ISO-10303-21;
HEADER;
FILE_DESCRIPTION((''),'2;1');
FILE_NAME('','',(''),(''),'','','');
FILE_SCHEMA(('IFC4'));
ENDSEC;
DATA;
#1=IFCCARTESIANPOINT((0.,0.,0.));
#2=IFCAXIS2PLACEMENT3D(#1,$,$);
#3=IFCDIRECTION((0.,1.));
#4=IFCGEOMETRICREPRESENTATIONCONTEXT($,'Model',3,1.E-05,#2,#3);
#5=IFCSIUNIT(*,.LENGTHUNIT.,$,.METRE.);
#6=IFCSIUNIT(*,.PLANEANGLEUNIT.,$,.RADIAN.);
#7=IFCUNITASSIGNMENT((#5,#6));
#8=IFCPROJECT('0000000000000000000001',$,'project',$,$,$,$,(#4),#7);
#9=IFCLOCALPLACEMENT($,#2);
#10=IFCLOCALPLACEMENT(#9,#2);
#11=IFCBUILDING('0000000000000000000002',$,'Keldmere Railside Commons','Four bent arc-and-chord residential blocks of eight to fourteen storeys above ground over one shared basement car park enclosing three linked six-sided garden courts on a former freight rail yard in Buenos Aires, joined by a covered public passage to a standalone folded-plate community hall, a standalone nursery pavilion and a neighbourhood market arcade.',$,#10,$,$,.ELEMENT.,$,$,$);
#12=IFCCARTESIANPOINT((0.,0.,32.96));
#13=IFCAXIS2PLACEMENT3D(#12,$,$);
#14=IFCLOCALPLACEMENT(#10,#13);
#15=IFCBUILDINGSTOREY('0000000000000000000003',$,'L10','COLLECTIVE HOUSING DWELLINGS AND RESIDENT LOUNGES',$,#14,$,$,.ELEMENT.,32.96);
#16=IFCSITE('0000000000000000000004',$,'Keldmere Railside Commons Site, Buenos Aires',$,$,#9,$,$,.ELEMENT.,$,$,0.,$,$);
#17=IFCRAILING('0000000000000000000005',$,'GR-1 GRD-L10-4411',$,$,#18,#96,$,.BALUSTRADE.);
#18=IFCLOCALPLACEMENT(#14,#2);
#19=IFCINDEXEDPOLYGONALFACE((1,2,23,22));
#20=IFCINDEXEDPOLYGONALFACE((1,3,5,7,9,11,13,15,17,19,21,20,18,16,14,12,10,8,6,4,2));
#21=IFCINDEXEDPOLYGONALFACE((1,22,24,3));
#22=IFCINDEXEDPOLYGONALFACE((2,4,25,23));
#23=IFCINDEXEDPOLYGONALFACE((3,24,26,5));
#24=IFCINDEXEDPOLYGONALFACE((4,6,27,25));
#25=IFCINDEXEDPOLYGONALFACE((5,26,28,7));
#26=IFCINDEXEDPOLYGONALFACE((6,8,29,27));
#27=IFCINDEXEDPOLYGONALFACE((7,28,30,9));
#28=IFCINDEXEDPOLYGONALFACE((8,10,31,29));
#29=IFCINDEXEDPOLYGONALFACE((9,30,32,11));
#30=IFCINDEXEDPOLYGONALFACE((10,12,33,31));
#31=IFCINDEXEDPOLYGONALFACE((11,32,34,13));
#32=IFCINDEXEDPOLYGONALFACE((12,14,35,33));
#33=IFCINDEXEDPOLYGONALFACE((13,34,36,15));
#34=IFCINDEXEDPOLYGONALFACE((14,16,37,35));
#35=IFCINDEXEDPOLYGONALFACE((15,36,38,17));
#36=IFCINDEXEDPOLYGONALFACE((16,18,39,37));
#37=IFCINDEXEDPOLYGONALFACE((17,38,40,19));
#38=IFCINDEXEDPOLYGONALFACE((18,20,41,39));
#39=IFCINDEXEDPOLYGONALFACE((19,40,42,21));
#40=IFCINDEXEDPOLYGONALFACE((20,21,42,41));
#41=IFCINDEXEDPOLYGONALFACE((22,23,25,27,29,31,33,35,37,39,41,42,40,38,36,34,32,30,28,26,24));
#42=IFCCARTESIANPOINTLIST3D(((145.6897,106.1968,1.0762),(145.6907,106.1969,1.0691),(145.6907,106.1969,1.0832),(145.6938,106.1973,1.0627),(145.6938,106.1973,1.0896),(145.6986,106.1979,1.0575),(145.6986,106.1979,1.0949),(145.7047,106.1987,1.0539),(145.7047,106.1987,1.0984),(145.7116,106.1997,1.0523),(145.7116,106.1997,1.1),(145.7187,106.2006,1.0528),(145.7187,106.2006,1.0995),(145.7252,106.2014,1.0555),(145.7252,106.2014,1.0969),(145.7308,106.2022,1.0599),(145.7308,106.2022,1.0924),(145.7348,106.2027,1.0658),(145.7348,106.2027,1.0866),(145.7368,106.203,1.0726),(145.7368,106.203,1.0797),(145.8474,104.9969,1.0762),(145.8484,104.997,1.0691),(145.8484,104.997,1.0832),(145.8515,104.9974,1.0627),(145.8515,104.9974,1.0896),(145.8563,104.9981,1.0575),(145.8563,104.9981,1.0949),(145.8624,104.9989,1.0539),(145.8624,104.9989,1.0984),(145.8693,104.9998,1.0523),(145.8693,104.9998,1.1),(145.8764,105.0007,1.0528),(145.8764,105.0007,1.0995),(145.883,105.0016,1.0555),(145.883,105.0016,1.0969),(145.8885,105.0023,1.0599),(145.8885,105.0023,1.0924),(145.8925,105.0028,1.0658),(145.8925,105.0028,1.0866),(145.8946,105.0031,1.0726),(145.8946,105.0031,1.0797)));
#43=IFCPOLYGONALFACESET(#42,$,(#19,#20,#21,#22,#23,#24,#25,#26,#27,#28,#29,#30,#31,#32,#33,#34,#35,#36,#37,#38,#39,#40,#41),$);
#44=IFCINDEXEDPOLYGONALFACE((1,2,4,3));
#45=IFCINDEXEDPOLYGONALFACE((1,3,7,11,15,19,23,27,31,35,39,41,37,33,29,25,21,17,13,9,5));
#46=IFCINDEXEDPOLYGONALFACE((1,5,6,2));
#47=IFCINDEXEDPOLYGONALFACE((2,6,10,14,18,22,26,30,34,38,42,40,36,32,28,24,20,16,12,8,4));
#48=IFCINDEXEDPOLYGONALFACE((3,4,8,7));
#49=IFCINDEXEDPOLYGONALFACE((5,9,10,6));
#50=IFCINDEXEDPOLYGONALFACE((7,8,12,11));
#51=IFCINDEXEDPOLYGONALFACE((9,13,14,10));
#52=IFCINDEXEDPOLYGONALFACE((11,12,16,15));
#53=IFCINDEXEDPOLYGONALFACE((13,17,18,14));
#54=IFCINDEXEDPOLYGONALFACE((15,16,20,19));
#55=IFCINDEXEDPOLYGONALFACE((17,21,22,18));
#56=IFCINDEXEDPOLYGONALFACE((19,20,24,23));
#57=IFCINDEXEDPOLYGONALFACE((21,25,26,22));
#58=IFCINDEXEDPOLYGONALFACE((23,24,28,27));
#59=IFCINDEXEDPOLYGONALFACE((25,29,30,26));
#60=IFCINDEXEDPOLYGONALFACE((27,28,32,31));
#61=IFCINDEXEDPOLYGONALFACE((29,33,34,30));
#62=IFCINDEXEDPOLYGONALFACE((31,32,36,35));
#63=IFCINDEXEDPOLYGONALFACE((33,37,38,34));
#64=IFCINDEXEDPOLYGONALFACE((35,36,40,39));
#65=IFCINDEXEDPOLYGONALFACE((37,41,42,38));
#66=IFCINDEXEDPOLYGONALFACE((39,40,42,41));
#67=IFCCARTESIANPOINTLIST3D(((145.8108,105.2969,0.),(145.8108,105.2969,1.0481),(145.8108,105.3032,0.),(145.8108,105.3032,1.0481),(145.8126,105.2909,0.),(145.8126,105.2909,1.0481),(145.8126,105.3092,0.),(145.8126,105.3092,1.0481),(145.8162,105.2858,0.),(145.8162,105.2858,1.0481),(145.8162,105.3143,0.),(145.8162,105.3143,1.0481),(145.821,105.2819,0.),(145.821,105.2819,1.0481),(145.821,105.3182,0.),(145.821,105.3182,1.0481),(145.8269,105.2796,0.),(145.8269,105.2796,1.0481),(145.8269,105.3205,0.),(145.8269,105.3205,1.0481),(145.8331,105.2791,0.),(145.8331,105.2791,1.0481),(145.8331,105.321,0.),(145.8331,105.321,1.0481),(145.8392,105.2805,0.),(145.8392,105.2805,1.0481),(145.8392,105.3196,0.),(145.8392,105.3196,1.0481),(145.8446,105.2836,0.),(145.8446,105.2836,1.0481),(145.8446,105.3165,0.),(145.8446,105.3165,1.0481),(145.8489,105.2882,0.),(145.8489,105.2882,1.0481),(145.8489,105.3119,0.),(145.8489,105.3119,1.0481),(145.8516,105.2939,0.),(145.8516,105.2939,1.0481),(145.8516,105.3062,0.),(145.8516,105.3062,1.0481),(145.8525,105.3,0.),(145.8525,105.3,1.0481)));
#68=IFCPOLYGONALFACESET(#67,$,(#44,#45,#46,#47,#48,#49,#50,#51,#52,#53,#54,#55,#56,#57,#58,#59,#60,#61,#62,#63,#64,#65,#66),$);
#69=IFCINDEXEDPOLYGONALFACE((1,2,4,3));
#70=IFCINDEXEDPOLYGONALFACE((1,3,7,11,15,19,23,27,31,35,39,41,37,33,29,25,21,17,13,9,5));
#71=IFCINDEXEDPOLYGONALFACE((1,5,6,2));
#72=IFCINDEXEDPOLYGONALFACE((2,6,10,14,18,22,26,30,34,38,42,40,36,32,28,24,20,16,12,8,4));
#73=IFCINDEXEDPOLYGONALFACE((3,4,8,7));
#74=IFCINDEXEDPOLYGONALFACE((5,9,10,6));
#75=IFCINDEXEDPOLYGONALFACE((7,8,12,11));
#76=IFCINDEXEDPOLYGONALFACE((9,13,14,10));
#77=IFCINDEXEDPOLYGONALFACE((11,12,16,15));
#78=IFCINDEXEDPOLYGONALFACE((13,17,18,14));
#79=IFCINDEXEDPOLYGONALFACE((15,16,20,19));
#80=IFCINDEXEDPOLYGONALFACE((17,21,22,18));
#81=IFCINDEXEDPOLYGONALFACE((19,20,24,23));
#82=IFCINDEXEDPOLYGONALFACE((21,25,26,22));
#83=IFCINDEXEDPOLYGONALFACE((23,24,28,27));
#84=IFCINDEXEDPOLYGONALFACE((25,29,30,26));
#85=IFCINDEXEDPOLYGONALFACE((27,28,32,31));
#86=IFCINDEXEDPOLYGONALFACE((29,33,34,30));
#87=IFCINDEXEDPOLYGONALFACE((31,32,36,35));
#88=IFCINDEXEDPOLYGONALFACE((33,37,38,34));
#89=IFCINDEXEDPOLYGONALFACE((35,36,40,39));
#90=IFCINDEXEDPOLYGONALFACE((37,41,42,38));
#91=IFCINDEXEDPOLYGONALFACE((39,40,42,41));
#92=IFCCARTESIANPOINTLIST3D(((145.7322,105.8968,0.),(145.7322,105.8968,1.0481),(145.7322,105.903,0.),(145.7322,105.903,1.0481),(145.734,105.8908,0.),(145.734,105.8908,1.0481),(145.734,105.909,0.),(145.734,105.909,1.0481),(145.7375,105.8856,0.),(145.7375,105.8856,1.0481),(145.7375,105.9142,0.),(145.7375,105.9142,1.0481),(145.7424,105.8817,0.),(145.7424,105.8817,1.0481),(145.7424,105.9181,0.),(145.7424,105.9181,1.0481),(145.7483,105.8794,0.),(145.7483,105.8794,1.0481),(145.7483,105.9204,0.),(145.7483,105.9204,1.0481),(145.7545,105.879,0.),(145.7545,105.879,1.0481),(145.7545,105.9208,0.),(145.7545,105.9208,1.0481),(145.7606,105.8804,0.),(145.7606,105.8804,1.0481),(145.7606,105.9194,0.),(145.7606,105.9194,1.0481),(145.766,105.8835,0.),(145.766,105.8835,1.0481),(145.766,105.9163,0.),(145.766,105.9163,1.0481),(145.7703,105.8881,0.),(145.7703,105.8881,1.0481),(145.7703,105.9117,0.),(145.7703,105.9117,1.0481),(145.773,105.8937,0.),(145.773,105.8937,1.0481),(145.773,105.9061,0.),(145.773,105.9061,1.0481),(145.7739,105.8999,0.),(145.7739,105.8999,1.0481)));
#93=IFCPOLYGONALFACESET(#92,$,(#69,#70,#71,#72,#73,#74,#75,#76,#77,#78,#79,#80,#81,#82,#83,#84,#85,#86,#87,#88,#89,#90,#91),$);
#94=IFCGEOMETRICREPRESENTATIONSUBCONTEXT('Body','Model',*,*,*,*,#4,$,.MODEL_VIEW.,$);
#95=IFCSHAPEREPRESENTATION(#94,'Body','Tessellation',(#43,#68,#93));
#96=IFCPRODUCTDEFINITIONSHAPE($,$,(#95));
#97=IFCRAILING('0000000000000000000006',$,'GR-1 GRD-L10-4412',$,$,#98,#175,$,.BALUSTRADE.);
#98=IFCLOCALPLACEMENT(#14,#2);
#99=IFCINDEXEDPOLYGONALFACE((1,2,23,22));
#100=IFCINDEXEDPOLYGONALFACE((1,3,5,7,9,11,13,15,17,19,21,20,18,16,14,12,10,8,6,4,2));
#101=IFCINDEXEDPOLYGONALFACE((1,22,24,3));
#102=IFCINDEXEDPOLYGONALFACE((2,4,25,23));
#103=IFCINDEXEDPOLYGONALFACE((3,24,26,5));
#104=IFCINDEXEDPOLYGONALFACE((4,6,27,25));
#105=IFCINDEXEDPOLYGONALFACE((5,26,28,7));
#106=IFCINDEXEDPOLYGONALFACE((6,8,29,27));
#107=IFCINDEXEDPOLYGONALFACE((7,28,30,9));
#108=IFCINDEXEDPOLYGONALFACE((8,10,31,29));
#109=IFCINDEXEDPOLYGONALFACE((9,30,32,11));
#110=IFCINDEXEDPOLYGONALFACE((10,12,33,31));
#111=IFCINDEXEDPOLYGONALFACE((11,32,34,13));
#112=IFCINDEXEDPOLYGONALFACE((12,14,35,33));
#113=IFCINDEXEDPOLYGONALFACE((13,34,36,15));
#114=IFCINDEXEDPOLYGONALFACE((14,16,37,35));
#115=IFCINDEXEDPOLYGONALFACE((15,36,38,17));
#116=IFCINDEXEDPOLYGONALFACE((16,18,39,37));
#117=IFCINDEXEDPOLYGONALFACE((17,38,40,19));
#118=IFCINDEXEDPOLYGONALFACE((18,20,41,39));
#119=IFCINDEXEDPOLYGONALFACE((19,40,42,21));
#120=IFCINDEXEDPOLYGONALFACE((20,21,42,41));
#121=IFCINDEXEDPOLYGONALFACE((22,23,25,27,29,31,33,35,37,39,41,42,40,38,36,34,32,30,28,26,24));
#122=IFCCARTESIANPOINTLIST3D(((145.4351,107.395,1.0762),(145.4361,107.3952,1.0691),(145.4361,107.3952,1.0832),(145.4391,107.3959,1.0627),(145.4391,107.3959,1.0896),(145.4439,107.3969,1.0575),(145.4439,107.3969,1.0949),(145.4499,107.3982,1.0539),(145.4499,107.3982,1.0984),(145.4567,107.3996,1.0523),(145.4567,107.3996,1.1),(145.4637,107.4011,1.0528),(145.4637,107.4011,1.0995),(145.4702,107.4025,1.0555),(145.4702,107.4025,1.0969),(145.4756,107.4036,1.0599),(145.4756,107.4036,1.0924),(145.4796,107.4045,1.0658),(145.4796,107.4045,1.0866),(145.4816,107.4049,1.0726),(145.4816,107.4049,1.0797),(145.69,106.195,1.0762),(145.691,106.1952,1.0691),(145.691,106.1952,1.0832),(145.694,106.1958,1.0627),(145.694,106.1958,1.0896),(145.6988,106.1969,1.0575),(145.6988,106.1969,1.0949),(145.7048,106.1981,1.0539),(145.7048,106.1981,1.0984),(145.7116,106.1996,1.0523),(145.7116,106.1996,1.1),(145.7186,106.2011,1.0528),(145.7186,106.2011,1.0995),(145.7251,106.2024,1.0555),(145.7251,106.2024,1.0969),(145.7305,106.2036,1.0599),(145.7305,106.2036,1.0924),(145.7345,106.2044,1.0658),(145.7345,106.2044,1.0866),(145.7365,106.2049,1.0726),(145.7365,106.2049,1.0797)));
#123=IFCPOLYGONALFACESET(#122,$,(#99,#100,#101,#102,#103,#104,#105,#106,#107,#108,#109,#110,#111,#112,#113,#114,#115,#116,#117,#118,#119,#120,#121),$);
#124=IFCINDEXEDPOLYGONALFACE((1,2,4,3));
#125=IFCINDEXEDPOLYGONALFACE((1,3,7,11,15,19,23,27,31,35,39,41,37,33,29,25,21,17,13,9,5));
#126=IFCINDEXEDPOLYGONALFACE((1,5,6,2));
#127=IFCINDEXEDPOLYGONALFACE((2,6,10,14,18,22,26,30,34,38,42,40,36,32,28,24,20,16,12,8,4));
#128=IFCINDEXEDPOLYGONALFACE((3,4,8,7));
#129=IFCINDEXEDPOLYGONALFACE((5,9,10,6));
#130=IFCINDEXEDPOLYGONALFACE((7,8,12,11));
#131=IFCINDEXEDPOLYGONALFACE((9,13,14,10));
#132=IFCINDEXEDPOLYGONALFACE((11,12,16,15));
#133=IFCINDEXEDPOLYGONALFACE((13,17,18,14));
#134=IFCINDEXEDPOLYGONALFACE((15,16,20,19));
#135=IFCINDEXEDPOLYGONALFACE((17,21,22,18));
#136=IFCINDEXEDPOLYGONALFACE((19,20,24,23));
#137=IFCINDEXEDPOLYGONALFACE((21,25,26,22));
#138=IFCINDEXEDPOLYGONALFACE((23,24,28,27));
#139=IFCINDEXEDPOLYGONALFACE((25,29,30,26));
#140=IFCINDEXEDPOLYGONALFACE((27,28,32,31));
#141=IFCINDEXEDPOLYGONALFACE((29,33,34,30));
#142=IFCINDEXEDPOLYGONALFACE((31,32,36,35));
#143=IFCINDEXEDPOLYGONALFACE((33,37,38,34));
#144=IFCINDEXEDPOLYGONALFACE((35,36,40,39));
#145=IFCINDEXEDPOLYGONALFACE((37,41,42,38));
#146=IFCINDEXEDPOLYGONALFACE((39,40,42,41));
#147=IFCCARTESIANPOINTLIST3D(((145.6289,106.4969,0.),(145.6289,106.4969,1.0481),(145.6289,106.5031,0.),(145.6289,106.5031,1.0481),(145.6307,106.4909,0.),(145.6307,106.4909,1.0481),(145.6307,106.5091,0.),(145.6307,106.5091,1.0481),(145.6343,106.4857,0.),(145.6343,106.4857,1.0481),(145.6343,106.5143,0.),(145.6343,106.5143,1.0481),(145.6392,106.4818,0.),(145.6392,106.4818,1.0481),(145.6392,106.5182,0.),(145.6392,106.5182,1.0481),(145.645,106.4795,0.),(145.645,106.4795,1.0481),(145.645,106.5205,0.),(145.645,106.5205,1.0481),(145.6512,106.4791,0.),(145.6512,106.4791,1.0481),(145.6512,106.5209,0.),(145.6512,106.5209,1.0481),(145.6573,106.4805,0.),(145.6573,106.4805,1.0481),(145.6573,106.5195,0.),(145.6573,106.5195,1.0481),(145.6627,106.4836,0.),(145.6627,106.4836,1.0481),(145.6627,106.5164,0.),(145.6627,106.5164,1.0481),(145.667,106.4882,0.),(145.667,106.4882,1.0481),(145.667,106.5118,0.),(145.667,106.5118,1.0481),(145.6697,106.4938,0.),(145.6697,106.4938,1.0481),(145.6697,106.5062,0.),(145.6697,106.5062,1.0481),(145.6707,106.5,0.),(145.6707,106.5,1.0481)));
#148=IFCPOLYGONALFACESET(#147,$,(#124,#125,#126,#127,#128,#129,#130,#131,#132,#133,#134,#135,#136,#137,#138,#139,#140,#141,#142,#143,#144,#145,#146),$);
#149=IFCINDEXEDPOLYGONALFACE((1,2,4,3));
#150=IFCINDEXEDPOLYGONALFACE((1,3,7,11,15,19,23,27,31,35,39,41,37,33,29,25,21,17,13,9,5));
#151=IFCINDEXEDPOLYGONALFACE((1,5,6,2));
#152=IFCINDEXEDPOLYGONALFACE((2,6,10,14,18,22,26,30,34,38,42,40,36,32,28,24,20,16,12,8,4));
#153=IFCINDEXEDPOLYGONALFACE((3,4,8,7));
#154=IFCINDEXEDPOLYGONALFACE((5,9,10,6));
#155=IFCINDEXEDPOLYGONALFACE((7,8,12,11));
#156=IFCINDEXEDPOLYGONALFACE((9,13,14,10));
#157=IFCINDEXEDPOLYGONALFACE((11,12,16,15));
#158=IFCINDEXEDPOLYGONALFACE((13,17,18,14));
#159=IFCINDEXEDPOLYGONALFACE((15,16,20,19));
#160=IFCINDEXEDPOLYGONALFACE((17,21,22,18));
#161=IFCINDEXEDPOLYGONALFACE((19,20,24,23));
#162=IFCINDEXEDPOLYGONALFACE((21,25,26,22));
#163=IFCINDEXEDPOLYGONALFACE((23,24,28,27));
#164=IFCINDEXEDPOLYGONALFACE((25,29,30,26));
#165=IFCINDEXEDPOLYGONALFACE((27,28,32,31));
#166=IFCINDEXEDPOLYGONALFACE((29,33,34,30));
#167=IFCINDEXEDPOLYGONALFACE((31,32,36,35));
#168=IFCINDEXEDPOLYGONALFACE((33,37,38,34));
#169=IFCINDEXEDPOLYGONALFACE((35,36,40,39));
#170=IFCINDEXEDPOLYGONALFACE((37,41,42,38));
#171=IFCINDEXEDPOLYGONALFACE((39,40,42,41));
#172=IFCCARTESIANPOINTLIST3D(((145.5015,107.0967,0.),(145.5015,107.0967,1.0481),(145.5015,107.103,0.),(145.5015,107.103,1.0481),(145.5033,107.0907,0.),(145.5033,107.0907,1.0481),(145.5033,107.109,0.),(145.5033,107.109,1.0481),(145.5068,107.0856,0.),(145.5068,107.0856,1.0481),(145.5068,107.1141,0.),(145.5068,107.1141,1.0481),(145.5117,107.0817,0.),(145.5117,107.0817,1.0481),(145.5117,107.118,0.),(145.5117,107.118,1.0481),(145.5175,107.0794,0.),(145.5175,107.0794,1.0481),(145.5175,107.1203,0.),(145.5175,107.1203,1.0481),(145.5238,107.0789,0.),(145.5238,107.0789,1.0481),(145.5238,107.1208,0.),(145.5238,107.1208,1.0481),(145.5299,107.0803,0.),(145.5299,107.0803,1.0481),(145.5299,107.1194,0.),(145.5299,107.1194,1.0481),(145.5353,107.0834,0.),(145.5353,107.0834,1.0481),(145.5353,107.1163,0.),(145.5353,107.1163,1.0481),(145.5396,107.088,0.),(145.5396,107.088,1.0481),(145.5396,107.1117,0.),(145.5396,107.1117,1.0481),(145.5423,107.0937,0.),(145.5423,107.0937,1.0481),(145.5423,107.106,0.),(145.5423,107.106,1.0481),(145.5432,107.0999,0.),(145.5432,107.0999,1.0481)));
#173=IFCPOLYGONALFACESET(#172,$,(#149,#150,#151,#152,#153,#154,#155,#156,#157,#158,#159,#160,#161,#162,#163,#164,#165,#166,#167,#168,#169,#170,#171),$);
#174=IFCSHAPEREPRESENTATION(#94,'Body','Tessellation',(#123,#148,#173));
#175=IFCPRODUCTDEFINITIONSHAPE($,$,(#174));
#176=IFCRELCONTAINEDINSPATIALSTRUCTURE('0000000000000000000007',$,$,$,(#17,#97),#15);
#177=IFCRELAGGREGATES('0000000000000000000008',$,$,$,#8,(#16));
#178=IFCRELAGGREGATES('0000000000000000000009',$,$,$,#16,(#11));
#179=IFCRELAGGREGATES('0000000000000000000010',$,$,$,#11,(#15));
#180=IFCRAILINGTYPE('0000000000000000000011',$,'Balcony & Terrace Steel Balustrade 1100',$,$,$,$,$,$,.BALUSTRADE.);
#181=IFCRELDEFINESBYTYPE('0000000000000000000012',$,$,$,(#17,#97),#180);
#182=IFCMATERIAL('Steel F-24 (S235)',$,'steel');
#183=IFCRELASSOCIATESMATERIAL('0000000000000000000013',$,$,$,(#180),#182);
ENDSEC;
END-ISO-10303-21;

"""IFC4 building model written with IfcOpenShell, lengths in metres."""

from ifc_helpers import new_model, si_unit, direction, frame, origin, origin_2d, place, context, subcontext, project, spatial, circle, extrude, material, type_object, element, save


model = new_model("IFC4")

# Units and contexts
model_context = context("Model", 3, precision=1e-05, world=origin(), true_north=direction((0.0, 1.0)))
body_context = subcontext(model_context, "Body", "Model", "MODEL_VIEW")
ifc_project = project(units=[si_unit("LENGTHUNIT", "METRE"), si_unit("PLANEANGLEUNIT", "RADIAN")], contexts=[model_context])

# Site, building, storey
site_placement = place(None, origin())
site = spatial("IfcSite", under=ifc_project, at=site_placement, Name="Keldmere Railside Commons Site, Buenos Aires", CompositionType="ELEMENT", RefElevation=0.0)
building_placement = place(site_placement, origin())
building = spatial("IfcBuilding", under=site, at=building_placement, Name="Keldmere Railside Commons", Description="Four bent arc-and-chord residential blocks of eight to fourteen storeys above ground over one shared basement car park enclosing three linked six-sided garden courts on a former freight rail yard in Buenos Aires, joined by a covered public passage to a standalone folded-plate community hall, a standalone nursery pavilion and a neighbourhood market arcade.", CompositionType="ELEMENT")
storey_placement = place(building_placement, frame((0.0, 0.0, 32.96)))
storey = spatial("IfcBuildingStorey", under=building, at=storey_placement, Name="L10", Description="COLLECTIVE HOUSING DWELLINGS AND RESIDENT LOUNGES", CompositionType="ELEMENT", Elevation=32.96)

# Shared definitions
ifc_material_1 = material(Name="Steel F-24 (S235)", Category="steel")

# Railings
railing_type = type_object("IfcRailingType", Name="Balcony & Terrace Steel Balustrade 1100", PredefinedType="BALUSTRADE", material=ifc_material_1)
railing_1_placement = place(storey_placement, frame((145.8711, 105.0, 0.0)))
element("IfcRailing", 1, at=railing_1_placement, inside=storey, type_object=railing_type, Name="GR-1 GRD-L10-4411", PredefinedType="BALUSTRADE", context=body_context, shape_type="SweptSolid", body=[
    extrude(circle(Radius=0.0239, at=origin_2d()), frame((0.0, 0.0, 1.0762), z_axis=(-0.130314, 0.991473, 0.0), x_axis=(-0.991473, -0.130314, 0.0)), (0.0, 0.0, 1.0), 1.2102),
    extrude(circle(Radius=0.021, at=origin_2d()), frame((-0.0396, 0.3, 0.0)), (0.0, 0.0, 1.0), 1.0481),
    extrude(circle(Radius=0.021, at=origin_2d()), frame((-0.1182, 0.8999, 0.0)), (0.0, 0.0, 1.0), 1.0481),
])
railing_2_placement = place(storey_placement, frame((145.7134, 106.2, 0.0)))
element("IfcRailing", 2, at=railing_2_placement, inside=storey, type_object=railing_type, Name="GR-1 GRD-L10-4412", PredefinedType="BALUSTRADE", context=body_context, shape_type="SweptSolid", body=[
    extrude(circle(Radius=0.0239, at=origin_2d()), frame((0.0, 0.0, 1.0762), z_axis=(-0.207775, 0.978177, 0.0), x_axis=(-0.978177, -0.207775, 0.0)), (0.0, 0.0, 1.0), 1.2268),
    extrude(circle(Radius=0.021, at=origin_2d()), frame((-0.0637, 0.3, 0.0)), (0.0, 0.0, 1.0), 1.0481),
    extrude(circle(Radius=0.021, at=origin_2d()), frame((-0.1912, 0.8999, 0.0)), (0.0, 0.0, 1.0), 1.0481),
])

save(model, "model.ifc")
